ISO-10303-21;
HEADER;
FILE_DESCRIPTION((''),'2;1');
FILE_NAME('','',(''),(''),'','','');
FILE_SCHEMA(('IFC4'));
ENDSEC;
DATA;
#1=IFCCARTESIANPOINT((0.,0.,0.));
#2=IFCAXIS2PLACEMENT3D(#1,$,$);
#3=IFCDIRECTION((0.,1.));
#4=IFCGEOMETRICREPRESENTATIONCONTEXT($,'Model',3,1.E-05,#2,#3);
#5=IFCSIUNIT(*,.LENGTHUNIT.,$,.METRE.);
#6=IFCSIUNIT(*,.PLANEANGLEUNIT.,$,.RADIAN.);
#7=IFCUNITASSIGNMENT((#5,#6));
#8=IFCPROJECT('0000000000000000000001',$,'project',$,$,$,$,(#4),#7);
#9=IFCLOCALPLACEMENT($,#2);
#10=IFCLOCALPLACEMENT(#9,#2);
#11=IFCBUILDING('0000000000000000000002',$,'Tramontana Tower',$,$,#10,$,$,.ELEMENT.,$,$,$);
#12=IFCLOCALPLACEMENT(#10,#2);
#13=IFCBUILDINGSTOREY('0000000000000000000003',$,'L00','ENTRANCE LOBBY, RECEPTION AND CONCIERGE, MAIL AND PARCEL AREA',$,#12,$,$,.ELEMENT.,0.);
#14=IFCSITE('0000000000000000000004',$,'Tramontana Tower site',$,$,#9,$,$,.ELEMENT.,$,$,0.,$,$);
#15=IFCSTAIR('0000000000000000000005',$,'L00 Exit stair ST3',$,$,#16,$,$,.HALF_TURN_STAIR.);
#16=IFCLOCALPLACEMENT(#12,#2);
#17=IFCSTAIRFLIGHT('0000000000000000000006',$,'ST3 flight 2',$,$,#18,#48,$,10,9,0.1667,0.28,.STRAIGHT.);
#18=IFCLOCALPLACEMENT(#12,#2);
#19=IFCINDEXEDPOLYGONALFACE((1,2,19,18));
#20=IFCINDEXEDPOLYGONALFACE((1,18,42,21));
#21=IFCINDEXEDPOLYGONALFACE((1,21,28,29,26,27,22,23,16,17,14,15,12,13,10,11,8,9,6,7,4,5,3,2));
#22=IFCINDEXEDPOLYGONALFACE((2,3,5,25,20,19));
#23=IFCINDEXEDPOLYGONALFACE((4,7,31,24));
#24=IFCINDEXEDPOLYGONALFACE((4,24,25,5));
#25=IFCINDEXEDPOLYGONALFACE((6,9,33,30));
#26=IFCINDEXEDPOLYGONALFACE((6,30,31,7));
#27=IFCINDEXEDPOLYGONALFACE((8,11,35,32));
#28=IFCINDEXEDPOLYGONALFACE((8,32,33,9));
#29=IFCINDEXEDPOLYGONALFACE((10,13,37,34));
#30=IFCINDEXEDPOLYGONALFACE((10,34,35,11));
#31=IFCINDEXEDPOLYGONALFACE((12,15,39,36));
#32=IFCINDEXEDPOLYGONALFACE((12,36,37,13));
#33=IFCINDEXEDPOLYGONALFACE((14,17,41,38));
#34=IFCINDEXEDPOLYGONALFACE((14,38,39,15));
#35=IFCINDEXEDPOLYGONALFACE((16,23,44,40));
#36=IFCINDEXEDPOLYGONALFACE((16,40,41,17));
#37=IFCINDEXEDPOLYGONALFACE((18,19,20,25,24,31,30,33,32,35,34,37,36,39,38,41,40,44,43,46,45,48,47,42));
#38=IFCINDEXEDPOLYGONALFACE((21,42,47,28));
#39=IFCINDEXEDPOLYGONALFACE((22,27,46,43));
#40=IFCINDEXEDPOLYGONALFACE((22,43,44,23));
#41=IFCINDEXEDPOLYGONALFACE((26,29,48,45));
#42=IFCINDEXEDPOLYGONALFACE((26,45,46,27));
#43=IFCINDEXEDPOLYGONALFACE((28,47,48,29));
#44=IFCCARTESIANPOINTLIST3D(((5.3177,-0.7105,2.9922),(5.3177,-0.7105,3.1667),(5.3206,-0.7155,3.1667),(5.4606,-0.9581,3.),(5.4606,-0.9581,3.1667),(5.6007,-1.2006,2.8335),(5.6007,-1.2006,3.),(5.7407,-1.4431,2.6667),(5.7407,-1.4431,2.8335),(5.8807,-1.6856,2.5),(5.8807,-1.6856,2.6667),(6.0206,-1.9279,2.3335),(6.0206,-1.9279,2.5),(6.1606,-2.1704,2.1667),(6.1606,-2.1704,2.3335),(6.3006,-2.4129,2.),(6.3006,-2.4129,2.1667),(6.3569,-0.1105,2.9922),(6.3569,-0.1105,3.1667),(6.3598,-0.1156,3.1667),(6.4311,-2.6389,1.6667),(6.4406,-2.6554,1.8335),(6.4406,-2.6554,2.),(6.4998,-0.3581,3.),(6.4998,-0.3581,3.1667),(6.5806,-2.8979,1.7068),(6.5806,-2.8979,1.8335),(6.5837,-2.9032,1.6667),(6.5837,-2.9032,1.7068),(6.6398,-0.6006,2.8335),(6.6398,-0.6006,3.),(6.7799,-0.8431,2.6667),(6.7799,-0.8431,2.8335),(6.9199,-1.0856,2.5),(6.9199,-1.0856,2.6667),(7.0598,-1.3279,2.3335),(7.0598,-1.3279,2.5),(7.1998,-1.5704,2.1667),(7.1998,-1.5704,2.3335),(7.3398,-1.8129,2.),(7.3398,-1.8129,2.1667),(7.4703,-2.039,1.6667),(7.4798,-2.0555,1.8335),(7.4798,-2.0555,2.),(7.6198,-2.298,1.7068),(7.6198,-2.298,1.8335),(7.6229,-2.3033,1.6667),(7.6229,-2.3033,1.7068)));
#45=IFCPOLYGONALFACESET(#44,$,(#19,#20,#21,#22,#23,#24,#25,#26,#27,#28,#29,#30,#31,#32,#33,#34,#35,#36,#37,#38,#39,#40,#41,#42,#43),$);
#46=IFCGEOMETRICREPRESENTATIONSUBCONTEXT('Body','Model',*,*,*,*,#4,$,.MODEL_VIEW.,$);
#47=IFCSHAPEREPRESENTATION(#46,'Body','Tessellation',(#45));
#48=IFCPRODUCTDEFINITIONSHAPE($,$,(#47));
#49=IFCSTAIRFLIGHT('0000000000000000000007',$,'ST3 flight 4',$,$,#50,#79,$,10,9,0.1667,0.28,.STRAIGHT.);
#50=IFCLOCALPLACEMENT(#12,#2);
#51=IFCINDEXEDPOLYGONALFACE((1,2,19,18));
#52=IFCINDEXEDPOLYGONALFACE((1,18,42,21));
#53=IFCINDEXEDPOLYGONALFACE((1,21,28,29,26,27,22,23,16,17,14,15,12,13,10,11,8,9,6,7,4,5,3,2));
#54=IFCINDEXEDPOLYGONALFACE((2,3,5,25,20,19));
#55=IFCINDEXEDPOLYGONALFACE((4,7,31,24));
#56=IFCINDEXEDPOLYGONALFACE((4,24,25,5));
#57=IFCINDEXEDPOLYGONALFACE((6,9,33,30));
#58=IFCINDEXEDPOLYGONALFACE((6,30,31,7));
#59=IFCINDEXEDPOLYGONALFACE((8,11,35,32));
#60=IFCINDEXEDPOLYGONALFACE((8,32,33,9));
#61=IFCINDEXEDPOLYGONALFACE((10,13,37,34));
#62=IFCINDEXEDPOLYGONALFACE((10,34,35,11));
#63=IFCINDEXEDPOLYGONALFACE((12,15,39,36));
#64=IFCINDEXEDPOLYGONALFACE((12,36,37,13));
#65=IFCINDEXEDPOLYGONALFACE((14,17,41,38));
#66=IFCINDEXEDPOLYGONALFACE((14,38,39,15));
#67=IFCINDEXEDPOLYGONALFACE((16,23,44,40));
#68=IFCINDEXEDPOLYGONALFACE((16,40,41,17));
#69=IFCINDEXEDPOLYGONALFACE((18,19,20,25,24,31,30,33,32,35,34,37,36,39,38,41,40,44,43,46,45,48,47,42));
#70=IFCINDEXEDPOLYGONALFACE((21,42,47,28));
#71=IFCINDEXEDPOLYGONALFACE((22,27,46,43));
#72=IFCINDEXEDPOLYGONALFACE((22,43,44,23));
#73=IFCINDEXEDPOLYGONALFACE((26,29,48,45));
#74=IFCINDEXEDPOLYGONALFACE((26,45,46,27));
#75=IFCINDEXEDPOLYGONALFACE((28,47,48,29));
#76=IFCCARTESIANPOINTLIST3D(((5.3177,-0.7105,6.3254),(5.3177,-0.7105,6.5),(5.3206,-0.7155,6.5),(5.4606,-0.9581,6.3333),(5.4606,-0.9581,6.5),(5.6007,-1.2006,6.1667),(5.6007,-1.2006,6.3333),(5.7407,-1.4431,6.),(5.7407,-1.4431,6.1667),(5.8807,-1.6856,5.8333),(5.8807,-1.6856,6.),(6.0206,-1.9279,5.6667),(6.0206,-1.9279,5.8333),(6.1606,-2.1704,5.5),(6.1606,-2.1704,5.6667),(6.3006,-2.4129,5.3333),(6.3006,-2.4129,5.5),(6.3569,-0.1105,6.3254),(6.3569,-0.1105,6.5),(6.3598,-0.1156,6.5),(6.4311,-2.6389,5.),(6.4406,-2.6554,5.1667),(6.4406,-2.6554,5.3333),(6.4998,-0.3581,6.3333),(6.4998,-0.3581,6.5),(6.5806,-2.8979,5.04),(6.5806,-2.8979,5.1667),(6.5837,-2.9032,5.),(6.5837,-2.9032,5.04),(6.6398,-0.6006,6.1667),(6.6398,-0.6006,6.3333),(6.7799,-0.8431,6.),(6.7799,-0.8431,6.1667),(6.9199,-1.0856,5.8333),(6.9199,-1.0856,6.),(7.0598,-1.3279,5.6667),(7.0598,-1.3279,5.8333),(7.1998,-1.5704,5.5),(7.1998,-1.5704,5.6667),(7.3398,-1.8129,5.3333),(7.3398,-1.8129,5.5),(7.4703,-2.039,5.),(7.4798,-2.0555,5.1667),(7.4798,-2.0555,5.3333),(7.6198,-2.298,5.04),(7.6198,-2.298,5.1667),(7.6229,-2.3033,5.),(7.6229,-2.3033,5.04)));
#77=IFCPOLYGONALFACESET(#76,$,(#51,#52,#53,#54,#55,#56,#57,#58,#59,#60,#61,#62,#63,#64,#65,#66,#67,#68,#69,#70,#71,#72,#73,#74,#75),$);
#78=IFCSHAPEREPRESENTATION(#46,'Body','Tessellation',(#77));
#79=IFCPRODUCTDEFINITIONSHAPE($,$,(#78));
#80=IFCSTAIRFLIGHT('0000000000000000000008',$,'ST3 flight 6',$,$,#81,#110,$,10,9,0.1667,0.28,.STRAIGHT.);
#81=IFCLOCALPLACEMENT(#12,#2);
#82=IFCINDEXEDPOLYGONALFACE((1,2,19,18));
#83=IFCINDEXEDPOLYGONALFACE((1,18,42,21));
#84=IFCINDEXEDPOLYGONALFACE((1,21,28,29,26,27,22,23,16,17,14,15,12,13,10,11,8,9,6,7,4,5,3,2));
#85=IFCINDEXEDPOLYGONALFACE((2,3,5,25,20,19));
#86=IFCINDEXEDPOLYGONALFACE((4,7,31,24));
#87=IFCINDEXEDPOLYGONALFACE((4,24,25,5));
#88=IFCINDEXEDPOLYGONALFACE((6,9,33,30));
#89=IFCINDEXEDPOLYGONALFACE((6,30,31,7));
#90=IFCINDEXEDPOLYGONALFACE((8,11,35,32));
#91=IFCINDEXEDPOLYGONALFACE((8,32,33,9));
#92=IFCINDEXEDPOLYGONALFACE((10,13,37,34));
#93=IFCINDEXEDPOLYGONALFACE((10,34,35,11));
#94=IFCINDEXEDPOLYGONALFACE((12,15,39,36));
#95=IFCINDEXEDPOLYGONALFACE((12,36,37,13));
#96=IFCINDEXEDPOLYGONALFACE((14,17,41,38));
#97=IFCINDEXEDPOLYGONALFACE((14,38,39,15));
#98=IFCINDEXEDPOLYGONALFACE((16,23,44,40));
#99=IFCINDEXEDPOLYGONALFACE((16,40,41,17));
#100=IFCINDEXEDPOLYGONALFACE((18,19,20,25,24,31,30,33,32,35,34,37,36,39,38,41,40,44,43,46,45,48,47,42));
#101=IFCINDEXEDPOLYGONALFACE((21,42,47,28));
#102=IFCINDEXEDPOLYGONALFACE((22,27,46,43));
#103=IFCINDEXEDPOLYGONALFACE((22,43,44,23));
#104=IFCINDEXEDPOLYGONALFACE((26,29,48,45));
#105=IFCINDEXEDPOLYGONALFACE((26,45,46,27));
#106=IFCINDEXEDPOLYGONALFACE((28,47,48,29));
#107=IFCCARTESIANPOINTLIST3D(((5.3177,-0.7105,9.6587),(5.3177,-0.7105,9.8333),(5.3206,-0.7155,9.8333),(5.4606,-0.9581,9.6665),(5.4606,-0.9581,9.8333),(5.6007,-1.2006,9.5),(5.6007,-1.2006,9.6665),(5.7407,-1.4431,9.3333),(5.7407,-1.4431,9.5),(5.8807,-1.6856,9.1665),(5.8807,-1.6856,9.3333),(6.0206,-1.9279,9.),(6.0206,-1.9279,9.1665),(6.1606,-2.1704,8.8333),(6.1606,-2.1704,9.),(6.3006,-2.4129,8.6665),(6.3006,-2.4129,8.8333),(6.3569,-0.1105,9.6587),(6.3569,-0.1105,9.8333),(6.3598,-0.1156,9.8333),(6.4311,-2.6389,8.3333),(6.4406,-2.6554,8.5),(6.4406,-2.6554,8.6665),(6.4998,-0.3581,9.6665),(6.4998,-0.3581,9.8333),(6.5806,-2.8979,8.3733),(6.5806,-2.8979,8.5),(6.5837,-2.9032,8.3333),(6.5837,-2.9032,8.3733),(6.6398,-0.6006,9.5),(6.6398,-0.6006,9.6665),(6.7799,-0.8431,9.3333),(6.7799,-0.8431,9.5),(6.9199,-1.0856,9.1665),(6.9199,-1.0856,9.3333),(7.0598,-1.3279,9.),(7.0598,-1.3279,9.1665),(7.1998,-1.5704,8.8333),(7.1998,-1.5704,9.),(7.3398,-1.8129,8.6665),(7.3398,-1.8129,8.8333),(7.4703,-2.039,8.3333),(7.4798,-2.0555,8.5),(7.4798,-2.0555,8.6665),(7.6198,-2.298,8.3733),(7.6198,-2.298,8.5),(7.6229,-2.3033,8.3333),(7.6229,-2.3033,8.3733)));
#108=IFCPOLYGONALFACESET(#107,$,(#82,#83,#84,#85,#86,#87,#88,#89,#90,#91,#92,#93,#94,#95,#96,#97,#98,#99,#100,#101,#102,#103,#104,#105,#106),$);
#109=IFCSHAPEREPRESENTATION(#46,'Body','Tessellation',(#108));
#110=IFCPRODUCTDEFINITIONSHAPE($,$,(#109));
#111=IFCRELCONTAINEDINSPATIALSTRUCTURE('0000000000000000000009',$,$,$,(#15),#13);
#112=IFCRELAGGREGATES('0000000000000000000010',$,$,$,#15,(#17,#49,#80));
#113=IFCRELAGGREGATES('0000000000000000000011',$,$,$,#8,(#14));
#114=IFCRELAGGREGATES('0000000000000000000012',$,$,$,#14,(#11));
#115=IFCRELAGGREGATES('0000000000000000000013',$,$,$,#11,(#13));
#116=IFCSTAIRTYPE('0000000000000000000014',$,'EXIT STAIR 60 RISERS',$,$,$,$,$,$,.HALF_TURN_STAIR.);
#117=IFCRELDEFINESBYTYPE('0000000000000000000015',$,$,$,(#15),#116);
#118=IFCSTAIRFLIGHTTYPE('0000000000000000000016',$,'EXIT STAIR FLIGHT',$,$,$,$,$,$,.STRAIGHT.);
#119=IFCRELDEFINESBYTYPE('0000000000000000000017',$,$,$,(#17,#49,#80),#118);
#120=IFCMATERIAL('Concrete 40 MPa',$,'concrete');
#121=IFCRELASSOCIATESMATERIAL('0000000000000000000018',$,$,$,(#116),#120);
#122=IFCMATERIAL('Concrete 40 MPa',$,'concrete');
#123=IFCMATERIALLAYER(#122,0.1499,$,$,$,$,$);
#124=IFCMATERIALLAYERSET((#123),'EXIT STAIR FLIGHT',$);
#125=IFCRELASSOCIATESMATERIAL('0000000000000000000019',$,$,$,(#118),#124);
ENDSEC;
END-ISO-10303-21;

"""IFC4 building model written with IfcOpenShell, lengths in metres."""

from ifc_helpers import new_model, si_unit, direction, frame, origin, place, context, subcontext, project, spatial, polyline, outline, extrude, material, layer, layer_set, type_object, element, aggregate, save


model = new_model("IFC4")

# Units and contexts
model_context = context("Model", 3, precision=1e-05, world=origin(), true_north=direction((0.0, 1.0)))
body_context = subcontext(model_context, "Body", "Model", "MODEL_VIEW")
ifc_project = project(units=[si_unit("LENGTHUNIT", "METRE"), si_unit("PLANEANGLEUNIT", "RADIAN")], contexts=[model_context])

# Site, building, storey
site_placement = place(None, origin())
site = spatial("IfcSite", under=ifc_project, at=site_placement, Name="Tramontana Tower site", CompositionType="ELEMENT", RefElevation=0.0)
building_placement = place(site_placement, origin())
building = spatial("IfcBuilding", under=site, at=building_placement, Name="Tramontana Tower", CompositionType="ELEMENT")
storey_placement = place(building_placement, origin())
storey = spatial("IfcBuildingStorey", under=building, at=storey_placement, Name="L00", Description="ENTRANCE LOBBY, RECEPTION AND CONCIERGE, MAIL AND PARCEL AREA", CompositionType="ELEMENT", Elevation=0.0)

# Stair, stair flights
ifc_material_1 = material(Name="Concrete 40 MPa", Category="concrete")
stair_type = type_object("IfcStairType", Name="EXIT STAIR 60 RISERS", PredefinedType="HALF_TURN_STAIR", material=ifc_material_1)
stair_placement = place(storey_placement, origin())
stair = element("IfcStair", 1, at=stair_placement, inside=storey, type_object=stair_type, Name="L00 Exit stair ST3", PredefinedType="HALF_TURN_STAIR")
ifc_material_2 = material(Name="Concrete 40 MPa", Category="concrete")
ifc_layer_1 = layer(ifc_material_2, 0.1499)
ifc_layer_set_1 = layer_set([ifc_layer_1], Name="EXIT STAIR FLIGHT")
stair_flight_type = type_object("IfcStairFlightType", Name="EXIT STAIR FLIGHT", PredefinedType="STRAIGHT", material=ifc_layer_set_1)
stair_flight_1_placement = place(storey_placement, frame((7.1003, -2.5979, 1.6667), z_axis=(0.0, 0.0, 1.0), x_axis=(-0.5, 0.866025, 0.0)))
stair_flight_1 = element("IfcStairFlight", 2, at=stair_flight_1_placement, type_object=stair_flight_type, Name="ST3 flight 2", NumberOfRisers=10, NumberOfTreads=9, PredefinedType="STRAIGHT", RiserHeight=0.1667, TreadLength=0.28, context=body_context, shape_type="SweptSolid", body=[
    extrude(outline(polyline([(-0.0061, 0.0), (-0.0061, 0.04), (0.0, 0.04), (0.0, 0.1667), (0.28, 0.1667), (0.28, 0.3333), (0.5601, 0.3333), (0.5601, 0.5), (0.8401, 0.5), (0.8401, 0.6667), (1.1201, 0.6667), (1.1201, 0.8333), (1.3999, 0.8333), (1.3999, 1.0), (1.6799, 1.0), (1.6799, 1.1667), (1.96, 1.1667), (1.96, 1.3333), (2.24, 1.3333), (2.24, 1.5), (2.52, 1.5), (2.5259, 1.5), (2.5259, 1.3254), (0.2991, 0.0), (-0.0061, 0.0)])), frame((0.0, 0.6001, 0.0), z_axis=(0.0, -1.0, 0.0), x_axis=(1.0, 0.0, 0.0)), (0.0, 0.0, 1.0), 1.2),
])
stair_flight_2_placement = place(storey_placement, frame((7.1003, -2.5979, 5.0), z_axis=(0.0, 0.0, 1.0), x_axis=(-0.5, 0.866025, 0.0)))
stair_flight_2 = element("IfcStairFlight", 3, at=stair_flight_2_placement, type_object=stair_flight_type, Name="ST3 flight 4", NumberOfRisers=10, NumberOfTreads=9, PredefinedType="STRAIGHT", RiserHeight=0.1667, TreadLength=0.28, context=body_context, shape_type="SweptSolid", body=[
    extrude(outline(polyline([(-0.0061, 0.0), (-0.0061, 0.04), (0.0, 0.04), (0.0, 0.1667), (0.28, 0.1667), (0.28, 0.3333), (0.5601, 0.3333), (0.5601, 0.5), (0.8401, 0.5), (0.8401, 0.6667), (1.1201, 0.6667), (1.1201, 0.8333), (1.3999, 0.8333), (1.3999, 1.0), (1.6799, 1.0), (1.6799, 1.1667), (1.96, 1.1667), (1.96, 1.3333), (2.24, 1.3333), (2.24, 1.5), (2.52, 1.5), (2.5259, 1.5), (2.5259, 1.3254), (0.2991, 0.0), (-0.0061, 0.0)])), frame((0.0, 0.6001, 0.0), z_axis=(0.0, -1.0, 0.0), x_axis=(1.0, 0.0, 0.0)), (0.0, 0.0, 1.0), 1.2),
])
stair_flight_3_placement = place(storey_placement, frame((7.1003, -2.5979, 8.3333), z_axis=(0.0, 0.0, 1.0), x_axis=(-0.5, 0.866025, 0.0)))
stair_flight_3 = element("IfcStairFlight", 4, at=stair_flight_3_placement, type_object=stair_flight_type, Name="ST3 flight 6", NumberOfRisers=10, NumberOfTreads=9, PredefinedType="STRAIGHT", RiserHeight=0.1667, TreadLength=0.28, context=body_context, shape_type="SweptSolid", body=[
    extrude(outline(polyline([(-0.0061, 0.0), (-0.0061, 0.04), (0.0, 0.04), (0.0, 0.1667), (0.28, 0.1667), (0.28, 0.3333), (0.5601, 0.3333), (0.5601, 0.5), (0.8401, 0.5), (0.8401, 0.6667), (1.1201, 0.6667), (1.1201, 0.8333), (1.3999, 0.8333), (1.3999, 1.0), (1.6799, 1.0), (1.6799, 1.1667), (1.96, 1.1667), (1.96, 1.3333), (2.24, 1.3333), (2.24, 1.5), (2.52, 1.5), (2.5259, 1.5), (2.5259, 1.3254), (0.2991, 0.0), (-0.0061, 0.0)])), frame((0.0, 0.6001, 0.0), z_axis=(0.0, -1.0, 0.0), x_axis=(1.0, 0.0, 0.0)), (0.0, 0.0, 1.0), 1.2),
])
aggregate(stair, [stair_flight_1, stair_flight_2, stair_flight_3])

save(model, "model.ifc")
